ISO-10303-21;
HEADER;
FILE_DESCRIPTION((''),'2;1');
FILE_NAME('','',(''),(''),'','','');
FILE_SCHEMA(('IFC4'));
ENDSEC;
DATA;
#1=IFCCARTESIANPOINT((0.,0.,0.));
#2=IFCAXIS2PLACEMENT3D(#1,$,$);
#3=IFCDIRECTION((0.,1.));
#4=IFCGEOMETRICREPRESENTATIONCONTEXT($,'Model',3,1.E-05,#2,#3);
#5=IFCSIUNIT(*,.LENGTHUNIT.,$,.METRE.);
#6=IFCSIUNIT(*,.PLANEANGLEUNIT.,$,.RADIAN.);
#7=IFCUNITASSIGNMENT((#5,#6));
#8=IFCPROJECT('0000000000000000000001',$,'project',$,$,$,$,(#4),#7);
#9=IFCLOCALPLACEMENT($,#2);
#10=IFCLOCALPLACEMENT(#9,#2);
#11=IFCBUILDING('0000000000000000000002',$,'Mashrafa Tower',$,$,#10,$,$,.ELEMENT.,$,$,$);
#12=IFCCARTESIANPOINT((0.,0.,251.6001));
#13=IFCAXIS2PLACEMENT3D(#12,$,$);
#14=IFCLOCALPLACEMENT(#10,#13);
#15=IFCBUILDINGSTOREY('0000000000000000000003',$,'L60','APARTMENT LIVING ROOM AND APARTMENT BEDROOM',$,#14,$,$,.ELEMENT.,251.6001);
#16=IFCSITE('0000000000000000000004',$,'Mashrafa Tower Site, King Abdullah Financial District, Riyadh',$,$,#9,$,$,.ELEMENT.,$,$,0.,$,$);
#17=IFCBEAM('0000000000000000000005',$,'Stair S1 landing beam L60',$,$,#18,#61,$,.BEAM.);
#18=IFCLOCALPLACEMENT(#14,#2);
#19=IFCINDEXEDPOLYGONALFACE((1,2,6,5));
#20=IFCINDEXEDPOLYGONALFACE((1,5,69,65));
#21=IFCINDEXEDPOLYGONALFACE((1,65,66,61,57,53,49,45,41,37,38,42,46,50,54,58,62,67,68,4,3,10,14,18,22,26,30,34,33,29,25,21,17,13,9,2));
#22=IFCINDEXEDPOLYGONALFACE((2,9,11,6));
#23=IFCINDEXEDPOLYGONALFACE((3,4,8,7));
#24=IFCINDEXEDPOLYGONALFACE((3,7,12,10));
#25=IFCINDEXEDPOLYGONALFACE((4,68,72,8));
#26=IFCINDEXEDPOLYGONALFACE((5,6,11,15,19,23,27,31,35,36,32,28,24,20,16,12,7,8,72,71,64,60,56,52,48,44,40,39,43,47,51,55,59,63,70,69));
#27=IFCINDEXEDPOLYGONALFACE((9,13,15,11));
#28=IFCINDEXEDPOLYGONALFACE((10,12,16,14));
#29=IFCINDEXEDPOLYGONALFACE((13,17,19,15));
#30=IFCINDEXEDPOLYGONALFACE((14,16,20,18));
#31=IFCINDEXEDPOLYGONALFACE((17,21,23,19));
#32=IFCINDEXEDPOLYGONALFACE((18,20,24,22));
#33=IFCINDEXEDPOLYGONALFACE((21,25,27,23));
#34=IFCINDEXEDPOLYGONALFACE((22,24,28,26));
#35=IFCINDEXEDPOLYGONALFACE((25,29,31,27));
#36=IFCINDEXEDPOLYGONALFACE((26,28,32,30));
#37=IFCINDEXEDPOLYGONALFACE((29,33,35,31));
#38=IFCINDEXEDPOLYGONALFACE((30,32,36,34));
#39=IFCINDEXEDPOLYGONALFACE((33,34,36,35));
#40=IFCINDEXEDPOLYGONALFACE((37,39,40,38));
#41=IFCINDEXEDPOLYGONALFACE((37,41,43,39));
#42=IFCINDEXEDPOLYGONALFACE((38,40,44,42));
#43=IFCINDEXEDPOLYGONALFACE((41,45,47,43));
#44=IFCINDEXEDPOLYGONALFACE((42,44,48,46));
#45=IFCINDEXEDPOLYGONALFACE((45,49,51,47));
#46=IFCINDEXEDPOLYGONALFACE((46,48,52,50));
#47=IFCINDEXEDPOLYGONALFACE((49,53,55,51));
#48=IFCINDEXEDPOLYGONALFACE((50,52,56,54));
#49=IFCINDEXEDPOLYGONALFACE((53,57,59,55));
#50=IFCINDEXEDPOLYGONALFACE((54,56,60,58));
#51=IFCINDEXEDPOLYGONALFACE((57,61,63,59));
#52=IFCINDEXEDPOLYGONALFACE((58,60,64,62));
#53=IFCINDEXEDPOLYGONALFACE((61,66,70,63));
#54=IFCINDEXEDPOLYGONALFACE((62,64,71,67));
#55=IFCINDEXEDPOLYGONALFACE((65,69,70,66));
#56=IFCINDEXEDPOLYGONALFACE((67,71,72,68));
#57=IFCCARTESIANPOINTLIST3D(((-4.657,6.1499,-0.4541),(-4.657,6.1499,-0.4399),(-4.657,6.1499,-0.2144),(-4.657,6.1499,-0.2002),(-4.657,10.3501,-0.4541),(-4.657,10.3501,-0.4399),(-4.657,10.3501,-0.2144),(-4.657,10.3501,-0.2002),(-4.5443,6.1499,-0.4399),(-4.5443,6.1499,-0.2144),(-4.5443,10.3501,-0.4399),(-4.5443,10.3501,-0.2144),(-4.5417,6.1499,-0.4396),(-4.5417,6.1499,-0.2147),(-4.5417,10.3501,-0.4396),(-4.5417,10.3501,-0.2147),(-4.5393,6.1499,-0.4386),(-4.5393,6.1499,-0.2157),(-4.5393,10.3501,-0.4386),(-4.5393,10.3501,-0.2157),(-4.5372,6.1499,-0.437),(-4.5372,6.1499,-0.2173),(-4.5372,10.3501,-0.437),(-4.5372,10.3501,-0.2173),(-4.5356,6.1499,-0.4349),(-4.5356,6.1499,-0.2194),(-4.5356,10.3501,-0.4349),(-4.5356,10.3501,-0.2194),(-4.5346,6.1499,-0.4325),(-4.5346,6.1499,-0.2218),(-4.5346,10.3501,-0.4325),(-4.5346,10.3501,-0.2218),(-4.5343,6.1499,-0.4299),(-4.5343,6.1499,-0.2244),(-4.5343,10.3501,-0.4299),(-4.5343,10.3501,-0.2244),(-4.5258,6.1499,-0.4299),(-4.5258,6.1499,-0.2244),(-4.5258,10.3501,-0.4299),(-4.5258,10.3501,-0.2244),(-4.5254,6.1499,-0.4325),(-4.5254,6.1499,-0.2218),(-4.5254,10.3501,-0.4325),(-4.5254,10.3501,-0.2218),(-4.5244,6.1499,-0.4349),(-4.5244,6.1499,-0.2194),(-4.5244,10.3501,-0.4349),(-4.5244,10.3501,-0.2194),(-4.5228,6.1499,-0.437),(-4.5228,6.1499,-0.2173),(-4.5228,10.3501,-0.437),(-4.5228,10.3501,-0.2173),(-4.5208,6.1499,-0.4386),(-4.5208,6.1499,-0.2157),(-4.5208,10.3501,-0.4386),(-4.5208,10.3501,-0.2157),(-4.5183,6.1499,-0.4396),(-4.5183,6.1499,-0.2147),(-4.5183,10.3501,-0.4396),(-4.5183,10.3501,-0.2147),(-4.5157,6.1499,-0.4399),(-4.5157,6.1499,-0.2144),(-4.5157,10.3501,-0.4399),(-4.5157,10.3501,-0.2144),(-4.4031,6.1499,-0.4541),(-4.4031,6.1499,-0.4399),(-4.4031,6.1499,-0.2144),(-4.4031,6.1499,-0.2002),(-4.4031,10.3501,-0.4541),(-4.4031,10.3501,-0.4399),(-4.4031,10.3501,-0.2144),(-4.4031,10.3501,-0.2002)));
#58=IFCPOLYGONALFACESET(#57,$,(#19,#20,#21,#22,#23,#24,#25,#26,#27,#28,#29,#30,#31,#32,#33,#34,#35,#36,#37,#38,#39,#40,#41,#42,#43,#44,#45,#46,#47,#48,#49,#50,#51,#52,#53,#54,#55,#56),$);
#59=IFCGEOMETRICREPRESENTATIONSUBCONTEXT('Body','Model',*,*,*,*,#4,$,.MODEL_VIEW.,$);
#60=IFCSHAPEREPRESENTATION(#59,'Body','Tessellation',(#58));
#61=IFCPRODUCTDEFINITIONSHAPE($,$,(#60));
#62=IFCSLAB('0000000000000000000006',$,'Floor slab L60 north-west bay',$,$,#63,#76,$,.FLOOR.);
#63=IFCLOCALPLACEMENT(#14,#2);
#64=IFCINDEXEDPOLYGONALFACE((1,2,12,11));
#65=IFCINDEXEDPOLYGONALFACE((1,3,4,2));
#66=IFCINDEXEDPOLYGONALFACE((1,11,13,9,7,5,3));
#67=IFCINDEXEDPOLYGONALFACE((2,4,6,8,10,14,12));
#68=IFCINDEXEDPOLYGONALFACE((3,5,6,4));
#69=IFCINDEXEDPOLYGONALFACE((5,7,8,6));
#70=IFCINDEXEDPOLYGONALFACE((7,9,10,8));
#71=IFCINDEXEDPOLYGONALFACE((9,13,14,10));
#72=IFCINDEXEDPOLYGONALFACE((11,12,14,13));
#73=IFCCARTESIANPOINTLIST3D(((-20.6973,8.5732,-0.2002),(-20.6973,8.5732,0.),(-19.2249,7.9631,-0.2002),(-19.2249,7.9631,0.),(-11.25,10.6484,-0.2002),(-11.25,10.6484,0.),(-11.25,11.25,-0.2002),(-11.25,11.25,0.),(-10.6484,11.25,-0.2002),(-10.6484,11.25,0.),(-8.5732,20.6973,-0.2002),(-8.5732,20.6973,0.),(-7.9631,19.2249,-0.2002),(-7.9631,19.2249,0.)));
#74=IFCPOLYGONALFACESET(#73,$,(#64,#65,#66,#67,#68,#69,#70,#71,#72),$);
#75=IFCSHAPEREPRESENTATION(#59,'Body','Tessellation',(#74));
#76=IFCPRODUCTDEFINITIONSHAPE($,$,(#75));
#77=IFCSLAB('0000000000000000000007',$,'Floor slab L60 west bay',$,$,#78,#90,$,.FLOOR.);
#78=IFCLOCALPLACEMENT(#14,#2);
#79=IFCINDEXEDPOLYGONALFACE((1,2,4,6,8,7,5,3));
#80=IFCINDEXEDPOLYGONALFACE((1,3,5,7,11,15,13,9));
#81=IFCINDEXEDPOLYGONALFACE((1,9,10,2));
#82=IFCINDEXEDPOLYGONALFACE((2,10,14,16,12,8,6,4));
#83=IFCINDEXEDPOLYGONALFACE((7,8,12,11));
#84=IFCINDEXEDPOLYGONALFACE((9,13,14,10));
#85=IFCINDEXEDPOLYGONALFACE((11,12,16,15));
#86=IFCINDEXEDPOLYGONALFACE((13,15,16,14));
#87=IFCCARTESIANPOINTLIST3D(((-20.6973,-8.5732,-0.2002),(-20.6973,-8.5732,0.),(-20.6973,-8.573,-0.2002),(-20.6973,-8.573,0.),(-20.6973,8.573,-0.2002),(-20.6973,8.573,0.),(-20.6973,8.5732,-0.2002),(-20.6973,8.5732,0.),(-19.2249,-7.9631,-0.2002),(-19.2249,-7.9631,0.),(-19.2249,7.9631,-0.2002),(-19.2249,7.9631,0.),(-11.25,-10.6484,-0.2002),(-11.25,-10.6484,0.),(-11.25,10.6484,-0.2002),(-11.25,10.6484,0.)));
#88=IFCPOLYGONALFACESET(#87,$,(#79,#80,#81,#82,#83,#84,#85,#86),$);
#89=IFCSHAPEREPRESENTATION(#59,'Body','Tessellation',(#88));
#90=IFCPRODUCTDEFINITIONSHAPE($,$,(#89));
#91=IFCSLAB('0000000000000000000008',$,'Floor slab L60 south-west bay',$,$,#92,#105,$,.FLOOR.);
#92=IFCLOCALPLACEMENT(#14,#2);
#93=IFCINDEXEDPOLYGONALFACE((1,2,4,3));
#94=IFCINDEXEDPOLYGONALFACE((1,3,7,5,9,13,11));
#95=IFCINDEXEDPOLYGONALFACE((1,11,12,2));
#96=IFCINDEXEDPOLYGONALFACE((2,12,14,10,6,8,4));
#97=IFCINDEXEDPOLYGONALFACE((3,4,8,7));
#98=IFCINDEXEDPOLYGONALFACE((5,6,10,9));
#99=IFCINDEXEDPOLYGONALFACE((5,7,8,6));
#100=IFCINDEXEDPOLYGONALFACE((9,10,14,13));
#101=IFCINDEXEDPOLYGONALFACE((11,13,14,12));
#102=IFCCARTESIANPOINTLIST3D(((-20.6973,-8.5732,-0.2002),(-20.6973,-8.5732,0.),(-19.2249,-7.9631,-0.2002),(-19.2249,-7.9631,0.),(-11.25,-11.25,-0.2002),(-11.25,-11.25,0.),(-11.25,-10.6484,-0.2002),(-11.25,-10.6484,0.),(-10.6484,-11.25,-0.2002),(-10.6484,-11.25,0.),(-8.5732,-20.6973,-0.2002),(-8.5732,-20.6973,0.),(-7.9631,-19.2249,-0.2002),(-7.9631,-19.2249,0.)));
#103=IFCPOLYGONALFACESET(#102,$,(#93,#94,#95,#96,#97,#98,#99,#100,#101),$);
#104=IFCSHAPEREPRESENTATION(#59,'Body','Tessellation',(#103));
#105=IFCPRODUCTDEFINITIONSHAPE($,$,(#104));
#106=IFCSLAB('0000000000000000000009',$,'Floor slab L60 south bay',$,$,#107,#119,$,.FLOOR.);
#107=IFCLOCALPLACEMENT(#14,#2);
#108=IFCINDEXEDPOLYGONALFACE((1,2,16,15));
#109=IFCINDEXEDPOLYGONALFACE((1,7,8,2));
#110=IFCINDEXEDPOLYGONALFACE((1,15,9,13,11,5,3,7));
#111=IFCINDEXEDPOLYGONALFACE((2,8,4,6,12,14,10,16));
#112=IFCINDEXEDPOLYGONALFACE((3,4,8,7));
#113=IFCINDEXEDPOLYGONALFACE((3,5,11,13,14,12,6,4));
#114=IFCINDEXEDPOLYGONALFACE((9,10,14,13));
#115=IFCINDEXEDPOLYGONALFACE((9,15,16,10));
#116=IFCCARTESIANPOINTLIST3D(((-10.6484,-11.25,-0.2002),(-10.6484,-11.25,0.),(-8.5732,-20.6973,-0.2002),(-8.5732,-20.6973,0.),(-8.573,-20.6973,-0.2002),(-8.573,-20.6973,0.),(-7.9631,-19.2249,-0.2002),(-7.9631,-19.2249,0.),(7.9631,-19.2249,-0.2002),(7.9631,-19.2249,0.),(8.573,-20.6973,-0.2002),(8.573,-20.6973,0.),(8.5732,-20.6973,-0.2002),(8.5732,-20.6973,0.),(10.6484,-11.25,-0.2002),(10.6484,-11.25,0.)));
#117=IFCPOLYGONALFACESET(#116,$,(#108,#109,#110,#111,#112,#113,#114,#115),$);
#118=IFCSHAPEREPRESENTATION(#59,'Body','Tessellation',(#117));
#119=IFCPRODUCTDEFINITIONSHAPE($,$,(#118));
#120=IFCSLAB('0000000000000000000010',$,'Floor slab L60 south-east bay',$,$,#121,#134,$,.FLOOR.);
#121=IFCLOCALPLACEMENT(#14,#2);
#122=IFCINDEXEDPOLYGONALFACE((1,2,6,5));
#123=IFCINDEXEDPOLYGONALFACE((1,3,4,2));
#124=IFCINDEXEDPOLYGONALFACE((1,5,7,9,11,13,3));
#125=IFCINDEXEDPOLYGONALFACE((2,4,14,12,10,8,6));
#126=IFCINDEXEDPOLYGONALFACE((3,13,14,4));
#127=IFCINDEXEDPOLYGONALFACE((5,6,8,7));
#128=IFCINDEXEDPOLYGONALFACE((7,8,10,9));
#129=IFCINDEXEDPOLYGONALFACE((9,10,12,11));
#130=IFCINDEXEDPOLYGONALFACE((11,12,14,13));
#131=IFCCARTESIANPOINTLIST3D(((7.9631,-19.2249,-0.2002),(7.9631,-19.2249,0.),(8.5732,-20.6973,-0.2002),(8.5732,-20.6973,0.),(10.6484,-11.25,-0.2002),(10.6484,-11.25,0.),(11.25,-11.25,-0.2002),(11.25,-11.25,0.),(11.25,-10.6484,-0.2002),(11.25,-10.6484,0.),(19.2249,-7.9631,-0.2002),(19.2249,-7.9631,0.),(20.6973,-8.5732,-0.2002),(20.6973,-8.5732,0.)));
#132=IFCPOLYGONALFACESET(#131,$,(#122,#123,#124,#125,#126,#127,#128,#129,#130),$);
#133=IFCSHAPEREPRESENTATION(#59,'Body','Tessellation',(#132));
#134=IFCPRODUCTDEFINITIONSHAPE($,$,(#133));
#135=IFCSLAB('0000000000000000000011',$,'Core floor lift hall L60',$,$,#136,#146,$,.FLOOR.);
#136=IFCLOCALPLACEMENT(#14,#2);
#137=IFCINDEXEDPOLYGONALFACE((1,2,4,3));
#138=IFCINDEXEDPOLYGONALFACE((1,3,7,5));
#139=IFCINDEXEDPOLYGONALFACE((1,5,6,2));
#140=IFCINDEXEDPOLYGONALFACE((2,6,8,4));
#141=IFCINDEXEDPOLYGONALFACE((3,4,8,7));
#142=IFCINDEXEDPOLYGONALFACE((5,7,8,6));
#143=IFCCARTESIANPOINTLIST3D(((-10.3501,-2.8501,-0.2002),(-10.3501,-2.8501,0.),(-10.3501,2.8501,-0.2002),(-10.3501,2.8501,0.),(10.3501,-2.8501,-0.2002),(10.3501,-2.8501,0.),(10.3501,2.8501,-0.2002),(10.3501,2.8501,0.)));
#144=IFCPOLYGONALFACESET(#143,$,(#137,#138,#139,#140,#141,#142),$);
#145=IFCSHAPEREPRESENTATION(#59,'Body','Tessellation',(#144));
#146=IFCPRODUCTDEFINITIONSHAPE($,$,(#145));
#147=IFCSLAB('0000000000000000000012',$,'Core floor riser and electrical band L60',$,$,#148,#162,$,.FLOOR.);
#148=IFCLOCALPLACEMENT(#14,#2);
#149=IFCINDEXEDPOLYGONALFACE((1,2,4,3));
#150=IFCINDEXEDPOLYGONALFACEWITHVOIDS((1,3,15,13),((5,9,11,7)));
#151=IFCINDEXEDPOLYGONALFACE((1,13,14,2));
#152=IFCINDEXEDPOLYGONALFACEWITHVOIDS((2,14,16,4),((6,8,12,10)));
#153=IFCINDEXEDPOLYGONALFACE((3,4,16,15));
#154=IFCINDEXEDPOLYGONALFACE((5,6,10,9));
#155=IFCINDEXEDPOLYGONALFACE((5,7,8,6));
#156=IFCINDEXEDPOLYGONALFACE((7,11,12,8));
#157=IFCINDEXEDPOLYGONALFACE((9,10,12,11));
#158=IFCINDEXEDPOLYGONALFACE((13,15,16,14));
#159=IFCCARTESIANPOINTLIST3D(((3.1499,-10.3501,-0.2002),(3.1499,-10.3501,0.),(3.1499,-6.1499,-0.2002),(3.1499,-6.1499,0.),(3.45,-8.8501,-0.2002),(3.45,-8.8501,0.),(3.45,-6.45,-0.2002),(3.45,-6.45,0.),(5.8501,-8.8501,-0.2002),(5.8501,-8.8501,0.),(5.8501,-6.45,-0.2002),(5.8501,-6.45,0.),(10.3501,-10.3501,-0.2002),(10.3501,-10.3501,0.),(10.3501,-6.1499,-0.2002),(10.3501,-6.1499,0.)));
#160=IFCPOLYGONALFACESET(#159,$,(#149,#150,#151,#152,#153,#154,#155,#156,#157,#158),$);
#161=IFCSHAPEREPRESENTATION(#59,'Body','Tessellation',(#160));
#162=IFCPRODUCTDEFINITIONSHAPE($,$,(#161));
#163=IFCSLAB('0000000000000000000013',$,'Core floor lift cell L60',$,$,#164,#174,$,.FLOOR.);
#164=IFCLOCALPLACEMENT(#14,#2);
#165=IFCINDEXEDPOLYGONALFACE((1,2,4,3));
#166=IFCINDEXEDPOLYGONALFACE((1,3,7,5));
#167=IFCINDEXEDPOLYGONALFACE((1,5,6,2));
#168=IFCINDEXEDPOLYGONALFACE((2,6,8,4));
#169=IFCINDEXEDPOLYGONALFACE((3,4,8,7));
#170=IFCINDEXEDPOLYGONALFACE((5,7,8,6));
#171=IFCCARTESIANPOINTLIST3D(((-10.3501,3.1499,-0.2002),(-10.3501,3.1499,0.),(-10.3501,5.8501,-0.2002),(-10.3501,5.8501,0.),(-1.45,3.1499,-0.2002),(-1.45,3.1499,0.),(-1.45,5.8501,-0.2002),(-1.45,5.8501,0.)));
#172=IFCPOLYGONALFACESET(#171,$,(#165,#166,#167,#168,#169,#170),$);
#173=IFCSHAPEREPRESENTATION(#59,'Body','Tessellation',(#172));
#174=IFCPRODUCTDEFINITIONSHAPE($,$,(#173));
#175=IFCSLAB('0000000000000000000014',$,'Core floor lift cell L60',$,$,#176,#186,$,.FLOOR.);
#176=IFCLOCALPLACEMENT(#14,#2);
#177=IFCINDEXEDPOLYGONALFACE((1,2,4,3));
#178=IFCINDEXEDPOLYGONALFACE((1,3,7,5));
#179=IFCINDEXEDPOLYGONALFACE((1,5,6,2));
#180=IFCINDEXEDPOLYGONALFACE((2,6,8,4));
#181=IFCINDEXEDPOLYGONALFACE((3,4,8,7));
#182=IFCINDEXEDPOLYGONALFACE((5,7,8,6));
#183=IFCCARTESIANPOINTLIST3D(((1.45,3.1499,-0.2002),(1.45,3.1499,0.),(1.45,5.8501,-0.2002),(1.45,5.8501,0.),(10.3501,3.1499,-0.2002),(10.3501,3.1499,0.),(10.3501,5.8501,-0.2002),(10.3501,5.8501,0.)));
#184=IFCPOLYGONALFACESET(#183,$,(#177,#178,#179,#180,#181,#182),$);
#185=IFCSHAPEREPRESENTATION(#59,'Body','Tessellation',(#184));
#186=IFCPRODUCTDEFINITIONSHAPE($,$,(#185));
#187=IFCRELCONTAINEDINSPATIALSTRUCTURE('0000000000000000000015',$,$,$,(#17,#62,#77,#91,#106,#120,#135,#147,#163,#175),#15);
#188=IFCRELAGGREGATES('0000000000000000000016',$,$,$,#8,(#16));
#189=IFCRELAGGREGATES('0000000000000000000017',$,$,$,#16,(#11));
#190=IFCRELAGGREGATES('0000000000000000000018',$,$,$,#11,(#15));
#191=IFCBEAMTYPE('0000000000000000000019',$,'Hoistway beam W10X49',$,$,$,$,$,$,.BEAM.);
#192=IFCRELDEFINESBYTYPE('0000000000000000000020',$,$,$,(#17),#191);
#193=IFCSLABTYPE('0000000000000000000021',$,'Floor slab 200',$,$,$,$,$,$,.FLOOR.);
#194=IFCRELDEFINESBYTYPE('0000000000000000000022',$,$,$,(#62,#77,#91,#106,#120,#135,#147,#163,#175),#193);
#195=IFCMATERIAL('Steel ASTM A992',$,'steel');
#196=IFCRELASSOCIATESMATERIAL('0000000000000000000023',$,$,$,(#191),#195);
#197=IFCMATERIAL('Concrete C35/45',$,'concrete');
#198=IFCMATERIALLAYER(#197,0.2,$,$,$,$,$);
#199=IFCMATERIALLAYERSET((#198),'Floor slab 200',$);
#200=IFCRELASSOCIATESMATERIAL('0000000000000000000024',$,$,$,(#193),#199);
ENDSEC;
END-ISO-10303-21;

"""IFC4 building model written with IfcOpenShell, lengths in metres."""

from ifc_helpers import new_model, si_unit, direction, frame, origin, origin_2d, place, context, subcontext, project, spatial, polyline, i_section, outline, extrude, material, layer, layer_set, material_profile, profile_set, type_object, element, save


model = new_model("IFC4")

# Units and contexts
model_context = context("Model", 3, precision=1e-05, world=origin(), true_north=direction((0.0, 1.0)))
body_context = subcontext(model_context, "Body", "Model", "MODEL_VIEW")
ifc_project = project(units=[si_unit("LENGTHUNIT", "METRE"), si_unit("PLANEANGLEUNIT", "RADIAN")], contexts=[model_context])

# Site, building, storey
site_placement = place(None, origin())
site = spatial("IfcSite", under=ifc_project, at=site_placement, Name="Mashrafa Tower Site, King Abdullah Financial District, Riyadh", CompositionType="ELEMENT", RefElevation=0.0)
building_placement = place(site_placement, origin())
building = spatial("IfcBuilding", under=site, at=building_placement, Name="Mashrafa Tower", CompositionType="ELEMENT")
storey_placement = place(building_placement, frame((0.0, 0.0, 251.6001)))
storey = spatial("IfcBuildingStorey", under=building, at=storey_placement, Name="L60", Description="APARTMENT LIVING ROOM AND APARTMENT BEDROOM", CompositionType="ELEMENT", Elevation=251.6001)

# Beam
ifc_material_1 = material(Name="Steel ASTM A992", Category="steel")
ifc_material_profile_1 = material_profile(ifc_material_1, i_section(OverallWidth=0.2539, OverallDepth=0.2539, WebThickness=0.0085, FlangeThickness=0.0142, FilletRadius=0.01, at=origin_2d()), Name="W10X49")
ifc_profile_set_1 = profile_set([ifc_material_profile_1], Name="Steel ASTM A992")
beam_type_1 = type_object("IfcBeamType", Name="Hoistway beam W10X49", PredefinedType="BEAM", material=ifc_profile_set_1)
beam_1_placement = place(storey_placement, frame((-4.53, 6.1499, -0.3271), z_axis=(0.0, 1.0, 0.0), x_axis=(-1.0, 0.0, 0.0)))
element("IfcBeam", 1, at=beam_1_placement, inside=storey, type_object=beam_type_1, Name="Stair S1 landing beam L60", PredefinedType="BEAM", context=body_context, shape_type="SweptSolid", body=[
    extrude(i_section(OverallWidth=0.2539, OverallDepth=0.2539, WebThickness=0.0085, FlangeThickness=0.0142, FilletRadius=0.01, at=origin_2d()), origin(), (0.0, 0.0, 1.0), 4.2002),
])

# Slabs
ifc_material_2 = material(Name="Concrete C35/45", Category="concrete")
ifc_layer_1 = layer(ifc_material_2, 0.2)
ifc_layer_set_1 = layer_set([ifc_layer_1], Name="Floor slab 200")
slab_type = type_object("IfcSlabType", Name="Floor slab 200", PredefinedType="FLOOR", material=ifc_layer_set_1)
slab_1_placement = place(storey_placement, frame((0.0, 0.0, -0.2002)))
element("IfcSlab", 2, at=slab_1_placement, inside=storey, type_object=slab_type, Name="Floor slab L60 north-west bay", PredefinedType="FLOOR", context=body_context, shape_type="SweptSolid", body=[
    extrude(outline(polyline([(-8.5732, 20.6973), (-7.9631, 19.2249), (-10.6484, 11.25), (-11.25, 11.25), (-11.25, 10.6484), (-19.2249, 7.9631), (-20.6973, 8.5732), (-8.5732, 20.6973)])), origin(), (0.0, 0.0, 1.0), 0.2002),
])
slab_2_placement = place(storey_placement, frame((0.0, 0.0, -0.2002)))
element("IfcSlab", 3, at=slab_2_placement, inside=storey, type_object=slab_type, Name="Floor slab L60 west bay", PredefinedType="FLOOR", context=body_context, shape_type="SweptSolid", body=[
    extrude(outline(polyline([(-20.6973, -8.573), (-20.6973, 8.573), (-20.6973, 8.5732), (-19.2249, 7.9631), (-11.25, 10.6484), (-11.25, -10.6484), (-19.2249, -7.9631), (-20.6973, -8.5732), (-20.6973, -8.573)])), origin(), (0.0, 0.0, 1.0), 0.2002),
])
slab_3_placement = place(storey_placement, frame((0.0, 0.0, -0.2002)))
element("IfcSlab", 4, at=slab_3_placement, inside=storey, type_object=slab_type, Name="Floor slab L60 south-west bay", PredefinedType="FLOOR", context=body_context, shape_type="SweptSolid", body=[
    extrude(outline(polyline([(-20.6973, -8.5732), (-19.2249, -7.9631), (-11.25, -10.6484), (-11.25, -11.25), (-10.6484, -11.25), (-7.9631, -19.2249), (-8.5732, -20.6973), (-20.6973, -8.5732)])), origin(), (0.0, 0.0, 1.0), 0.2002),
])
slab_4_placement = place(storey_placement, frame((0.0, 0.0, -0.2002)))
element("IfcSlab", 5, at=slab_4_placement, inside=storey, type_object=slab_type, Name="Floor slab L60 south bay", PredefinedType="FLOOR", context=body_context, shape_type="SweptSolid", body=[
    extrude(outline(polyline([(-8.573, -20.6973), (-8.5732, -20.6973), (-7.9631, -19.2249), (-10.6484, -11.25), (10.6484, -11.25), (7.9631, -19.2249), (8.5732, -20.6973), (8.573, -20.6973), (-8.573, -20.6973)])), origin(), (0.0, 0.0, 1.0), 0.2002),
])
slab_5_placement = place(storey_placement, frame((0.0, 0.0, -0.2002)))
element("IfcSlab", 6, at=slab_5_placement, inside=storey, type_object=slab_type, Name="Floor slab L60 south-east bay", PredefinedType="FLOOR", context=body_context, shape_type="SweptSolid", body=[
    extrude(outline(polyline([(8.5732, -20.6973), (7.9631, -19.2249), (10.6484, -11.25), (11.25, -11.25), (11.25, -10.6484), (19.2249, -7.9631), (20.6973, -8.5732), (8.5732, -20.6973)])), origin(), (0.0, 0.0, 1.0), 0.2002),
])
slab_6_placement = place(storey_placement, frame((0.0, 0.0, -0.2002)))
element("IfcSlab", 7, at=slab_6_placement, inside=storey, type_object=slab_type, Name="Core floor lift hall L60", PredefinedType="FLOOR", context=body_context, shape_type="SweptSolid", body=[
    extrude(outline(polyline([(-10.3501, 2.8501), (10.3501, 2.8501), (10.3501, -2.8501), (-10.3501, -2.8501), (-10.3501, 2.8501)])), origin(), (0.0, 0.0, 1.0), 0.2002),
])
slab_7_placement = place(storey_placement, frame((0.0, 0.0, -0.2002)))
element("IfcSlab", 8, at=slab_7_placement, inside=storey, type_object=slab_type, Name="Core floor riser and electrical band L60", PredefinedType="FLOOR", context=body_context, shape_type="SweptSolid", body=[
    extrude(outline(polyline([(10.3501, -6.1499), (10.3501, -10.3501), (3.1499, -10.3501), (3.1499, -6.1499), (10.3501, -6.1499)]), holes=[polyline([(3.45, -8.8501), (5.8501, -8.8501), (5.8501, -6.45), (3.45, -6.45), (3.45, -8.8501)])]), origin(), (0.0, 0.0, 1.0), 0.2002),
])
slab_8_placement = place(storey_placement, frame((0.0, 0.0, -0.2002)))
element("IfcSlab", 9, at=slab_8_placement, inside=storey, type_object=slab_type, Name="Core floor lift cell L60", PredefinedType="FLOOR", context=body_context, shape_type="SweptSolid", body=[
    extrude(outline(polyline([(-10.3501, 5.8501), (-1.45, 5.8501), (-1.45, 3.1499), (-10.3501, 3.1499), (-10.3501, 5.8501)])), origin(), (0.0, 0.0, 1.0), 0.2002),
])
slab_9_placement = place(storey_placement, frame((0.0, 0.0, -0.2002)))
element("IfcSlab", 10, at=slab_9_placement, inside=storey, type_object=slab_type, Name="Core floor lift cell L60", PredefinedType="FLOOR", context=body_context, shape_type="SweptSolid", body=[
    extrude(outline(polyline([(1.45, 5.8501), (10.3501, 5.8501), (10.3501, 3.1499), (1.45, 3.1499), (1.45, 5.8501)])), origin(), (0.0, 0.0, 1.0), 0.2002),
])

save(model, "model.ifc")
